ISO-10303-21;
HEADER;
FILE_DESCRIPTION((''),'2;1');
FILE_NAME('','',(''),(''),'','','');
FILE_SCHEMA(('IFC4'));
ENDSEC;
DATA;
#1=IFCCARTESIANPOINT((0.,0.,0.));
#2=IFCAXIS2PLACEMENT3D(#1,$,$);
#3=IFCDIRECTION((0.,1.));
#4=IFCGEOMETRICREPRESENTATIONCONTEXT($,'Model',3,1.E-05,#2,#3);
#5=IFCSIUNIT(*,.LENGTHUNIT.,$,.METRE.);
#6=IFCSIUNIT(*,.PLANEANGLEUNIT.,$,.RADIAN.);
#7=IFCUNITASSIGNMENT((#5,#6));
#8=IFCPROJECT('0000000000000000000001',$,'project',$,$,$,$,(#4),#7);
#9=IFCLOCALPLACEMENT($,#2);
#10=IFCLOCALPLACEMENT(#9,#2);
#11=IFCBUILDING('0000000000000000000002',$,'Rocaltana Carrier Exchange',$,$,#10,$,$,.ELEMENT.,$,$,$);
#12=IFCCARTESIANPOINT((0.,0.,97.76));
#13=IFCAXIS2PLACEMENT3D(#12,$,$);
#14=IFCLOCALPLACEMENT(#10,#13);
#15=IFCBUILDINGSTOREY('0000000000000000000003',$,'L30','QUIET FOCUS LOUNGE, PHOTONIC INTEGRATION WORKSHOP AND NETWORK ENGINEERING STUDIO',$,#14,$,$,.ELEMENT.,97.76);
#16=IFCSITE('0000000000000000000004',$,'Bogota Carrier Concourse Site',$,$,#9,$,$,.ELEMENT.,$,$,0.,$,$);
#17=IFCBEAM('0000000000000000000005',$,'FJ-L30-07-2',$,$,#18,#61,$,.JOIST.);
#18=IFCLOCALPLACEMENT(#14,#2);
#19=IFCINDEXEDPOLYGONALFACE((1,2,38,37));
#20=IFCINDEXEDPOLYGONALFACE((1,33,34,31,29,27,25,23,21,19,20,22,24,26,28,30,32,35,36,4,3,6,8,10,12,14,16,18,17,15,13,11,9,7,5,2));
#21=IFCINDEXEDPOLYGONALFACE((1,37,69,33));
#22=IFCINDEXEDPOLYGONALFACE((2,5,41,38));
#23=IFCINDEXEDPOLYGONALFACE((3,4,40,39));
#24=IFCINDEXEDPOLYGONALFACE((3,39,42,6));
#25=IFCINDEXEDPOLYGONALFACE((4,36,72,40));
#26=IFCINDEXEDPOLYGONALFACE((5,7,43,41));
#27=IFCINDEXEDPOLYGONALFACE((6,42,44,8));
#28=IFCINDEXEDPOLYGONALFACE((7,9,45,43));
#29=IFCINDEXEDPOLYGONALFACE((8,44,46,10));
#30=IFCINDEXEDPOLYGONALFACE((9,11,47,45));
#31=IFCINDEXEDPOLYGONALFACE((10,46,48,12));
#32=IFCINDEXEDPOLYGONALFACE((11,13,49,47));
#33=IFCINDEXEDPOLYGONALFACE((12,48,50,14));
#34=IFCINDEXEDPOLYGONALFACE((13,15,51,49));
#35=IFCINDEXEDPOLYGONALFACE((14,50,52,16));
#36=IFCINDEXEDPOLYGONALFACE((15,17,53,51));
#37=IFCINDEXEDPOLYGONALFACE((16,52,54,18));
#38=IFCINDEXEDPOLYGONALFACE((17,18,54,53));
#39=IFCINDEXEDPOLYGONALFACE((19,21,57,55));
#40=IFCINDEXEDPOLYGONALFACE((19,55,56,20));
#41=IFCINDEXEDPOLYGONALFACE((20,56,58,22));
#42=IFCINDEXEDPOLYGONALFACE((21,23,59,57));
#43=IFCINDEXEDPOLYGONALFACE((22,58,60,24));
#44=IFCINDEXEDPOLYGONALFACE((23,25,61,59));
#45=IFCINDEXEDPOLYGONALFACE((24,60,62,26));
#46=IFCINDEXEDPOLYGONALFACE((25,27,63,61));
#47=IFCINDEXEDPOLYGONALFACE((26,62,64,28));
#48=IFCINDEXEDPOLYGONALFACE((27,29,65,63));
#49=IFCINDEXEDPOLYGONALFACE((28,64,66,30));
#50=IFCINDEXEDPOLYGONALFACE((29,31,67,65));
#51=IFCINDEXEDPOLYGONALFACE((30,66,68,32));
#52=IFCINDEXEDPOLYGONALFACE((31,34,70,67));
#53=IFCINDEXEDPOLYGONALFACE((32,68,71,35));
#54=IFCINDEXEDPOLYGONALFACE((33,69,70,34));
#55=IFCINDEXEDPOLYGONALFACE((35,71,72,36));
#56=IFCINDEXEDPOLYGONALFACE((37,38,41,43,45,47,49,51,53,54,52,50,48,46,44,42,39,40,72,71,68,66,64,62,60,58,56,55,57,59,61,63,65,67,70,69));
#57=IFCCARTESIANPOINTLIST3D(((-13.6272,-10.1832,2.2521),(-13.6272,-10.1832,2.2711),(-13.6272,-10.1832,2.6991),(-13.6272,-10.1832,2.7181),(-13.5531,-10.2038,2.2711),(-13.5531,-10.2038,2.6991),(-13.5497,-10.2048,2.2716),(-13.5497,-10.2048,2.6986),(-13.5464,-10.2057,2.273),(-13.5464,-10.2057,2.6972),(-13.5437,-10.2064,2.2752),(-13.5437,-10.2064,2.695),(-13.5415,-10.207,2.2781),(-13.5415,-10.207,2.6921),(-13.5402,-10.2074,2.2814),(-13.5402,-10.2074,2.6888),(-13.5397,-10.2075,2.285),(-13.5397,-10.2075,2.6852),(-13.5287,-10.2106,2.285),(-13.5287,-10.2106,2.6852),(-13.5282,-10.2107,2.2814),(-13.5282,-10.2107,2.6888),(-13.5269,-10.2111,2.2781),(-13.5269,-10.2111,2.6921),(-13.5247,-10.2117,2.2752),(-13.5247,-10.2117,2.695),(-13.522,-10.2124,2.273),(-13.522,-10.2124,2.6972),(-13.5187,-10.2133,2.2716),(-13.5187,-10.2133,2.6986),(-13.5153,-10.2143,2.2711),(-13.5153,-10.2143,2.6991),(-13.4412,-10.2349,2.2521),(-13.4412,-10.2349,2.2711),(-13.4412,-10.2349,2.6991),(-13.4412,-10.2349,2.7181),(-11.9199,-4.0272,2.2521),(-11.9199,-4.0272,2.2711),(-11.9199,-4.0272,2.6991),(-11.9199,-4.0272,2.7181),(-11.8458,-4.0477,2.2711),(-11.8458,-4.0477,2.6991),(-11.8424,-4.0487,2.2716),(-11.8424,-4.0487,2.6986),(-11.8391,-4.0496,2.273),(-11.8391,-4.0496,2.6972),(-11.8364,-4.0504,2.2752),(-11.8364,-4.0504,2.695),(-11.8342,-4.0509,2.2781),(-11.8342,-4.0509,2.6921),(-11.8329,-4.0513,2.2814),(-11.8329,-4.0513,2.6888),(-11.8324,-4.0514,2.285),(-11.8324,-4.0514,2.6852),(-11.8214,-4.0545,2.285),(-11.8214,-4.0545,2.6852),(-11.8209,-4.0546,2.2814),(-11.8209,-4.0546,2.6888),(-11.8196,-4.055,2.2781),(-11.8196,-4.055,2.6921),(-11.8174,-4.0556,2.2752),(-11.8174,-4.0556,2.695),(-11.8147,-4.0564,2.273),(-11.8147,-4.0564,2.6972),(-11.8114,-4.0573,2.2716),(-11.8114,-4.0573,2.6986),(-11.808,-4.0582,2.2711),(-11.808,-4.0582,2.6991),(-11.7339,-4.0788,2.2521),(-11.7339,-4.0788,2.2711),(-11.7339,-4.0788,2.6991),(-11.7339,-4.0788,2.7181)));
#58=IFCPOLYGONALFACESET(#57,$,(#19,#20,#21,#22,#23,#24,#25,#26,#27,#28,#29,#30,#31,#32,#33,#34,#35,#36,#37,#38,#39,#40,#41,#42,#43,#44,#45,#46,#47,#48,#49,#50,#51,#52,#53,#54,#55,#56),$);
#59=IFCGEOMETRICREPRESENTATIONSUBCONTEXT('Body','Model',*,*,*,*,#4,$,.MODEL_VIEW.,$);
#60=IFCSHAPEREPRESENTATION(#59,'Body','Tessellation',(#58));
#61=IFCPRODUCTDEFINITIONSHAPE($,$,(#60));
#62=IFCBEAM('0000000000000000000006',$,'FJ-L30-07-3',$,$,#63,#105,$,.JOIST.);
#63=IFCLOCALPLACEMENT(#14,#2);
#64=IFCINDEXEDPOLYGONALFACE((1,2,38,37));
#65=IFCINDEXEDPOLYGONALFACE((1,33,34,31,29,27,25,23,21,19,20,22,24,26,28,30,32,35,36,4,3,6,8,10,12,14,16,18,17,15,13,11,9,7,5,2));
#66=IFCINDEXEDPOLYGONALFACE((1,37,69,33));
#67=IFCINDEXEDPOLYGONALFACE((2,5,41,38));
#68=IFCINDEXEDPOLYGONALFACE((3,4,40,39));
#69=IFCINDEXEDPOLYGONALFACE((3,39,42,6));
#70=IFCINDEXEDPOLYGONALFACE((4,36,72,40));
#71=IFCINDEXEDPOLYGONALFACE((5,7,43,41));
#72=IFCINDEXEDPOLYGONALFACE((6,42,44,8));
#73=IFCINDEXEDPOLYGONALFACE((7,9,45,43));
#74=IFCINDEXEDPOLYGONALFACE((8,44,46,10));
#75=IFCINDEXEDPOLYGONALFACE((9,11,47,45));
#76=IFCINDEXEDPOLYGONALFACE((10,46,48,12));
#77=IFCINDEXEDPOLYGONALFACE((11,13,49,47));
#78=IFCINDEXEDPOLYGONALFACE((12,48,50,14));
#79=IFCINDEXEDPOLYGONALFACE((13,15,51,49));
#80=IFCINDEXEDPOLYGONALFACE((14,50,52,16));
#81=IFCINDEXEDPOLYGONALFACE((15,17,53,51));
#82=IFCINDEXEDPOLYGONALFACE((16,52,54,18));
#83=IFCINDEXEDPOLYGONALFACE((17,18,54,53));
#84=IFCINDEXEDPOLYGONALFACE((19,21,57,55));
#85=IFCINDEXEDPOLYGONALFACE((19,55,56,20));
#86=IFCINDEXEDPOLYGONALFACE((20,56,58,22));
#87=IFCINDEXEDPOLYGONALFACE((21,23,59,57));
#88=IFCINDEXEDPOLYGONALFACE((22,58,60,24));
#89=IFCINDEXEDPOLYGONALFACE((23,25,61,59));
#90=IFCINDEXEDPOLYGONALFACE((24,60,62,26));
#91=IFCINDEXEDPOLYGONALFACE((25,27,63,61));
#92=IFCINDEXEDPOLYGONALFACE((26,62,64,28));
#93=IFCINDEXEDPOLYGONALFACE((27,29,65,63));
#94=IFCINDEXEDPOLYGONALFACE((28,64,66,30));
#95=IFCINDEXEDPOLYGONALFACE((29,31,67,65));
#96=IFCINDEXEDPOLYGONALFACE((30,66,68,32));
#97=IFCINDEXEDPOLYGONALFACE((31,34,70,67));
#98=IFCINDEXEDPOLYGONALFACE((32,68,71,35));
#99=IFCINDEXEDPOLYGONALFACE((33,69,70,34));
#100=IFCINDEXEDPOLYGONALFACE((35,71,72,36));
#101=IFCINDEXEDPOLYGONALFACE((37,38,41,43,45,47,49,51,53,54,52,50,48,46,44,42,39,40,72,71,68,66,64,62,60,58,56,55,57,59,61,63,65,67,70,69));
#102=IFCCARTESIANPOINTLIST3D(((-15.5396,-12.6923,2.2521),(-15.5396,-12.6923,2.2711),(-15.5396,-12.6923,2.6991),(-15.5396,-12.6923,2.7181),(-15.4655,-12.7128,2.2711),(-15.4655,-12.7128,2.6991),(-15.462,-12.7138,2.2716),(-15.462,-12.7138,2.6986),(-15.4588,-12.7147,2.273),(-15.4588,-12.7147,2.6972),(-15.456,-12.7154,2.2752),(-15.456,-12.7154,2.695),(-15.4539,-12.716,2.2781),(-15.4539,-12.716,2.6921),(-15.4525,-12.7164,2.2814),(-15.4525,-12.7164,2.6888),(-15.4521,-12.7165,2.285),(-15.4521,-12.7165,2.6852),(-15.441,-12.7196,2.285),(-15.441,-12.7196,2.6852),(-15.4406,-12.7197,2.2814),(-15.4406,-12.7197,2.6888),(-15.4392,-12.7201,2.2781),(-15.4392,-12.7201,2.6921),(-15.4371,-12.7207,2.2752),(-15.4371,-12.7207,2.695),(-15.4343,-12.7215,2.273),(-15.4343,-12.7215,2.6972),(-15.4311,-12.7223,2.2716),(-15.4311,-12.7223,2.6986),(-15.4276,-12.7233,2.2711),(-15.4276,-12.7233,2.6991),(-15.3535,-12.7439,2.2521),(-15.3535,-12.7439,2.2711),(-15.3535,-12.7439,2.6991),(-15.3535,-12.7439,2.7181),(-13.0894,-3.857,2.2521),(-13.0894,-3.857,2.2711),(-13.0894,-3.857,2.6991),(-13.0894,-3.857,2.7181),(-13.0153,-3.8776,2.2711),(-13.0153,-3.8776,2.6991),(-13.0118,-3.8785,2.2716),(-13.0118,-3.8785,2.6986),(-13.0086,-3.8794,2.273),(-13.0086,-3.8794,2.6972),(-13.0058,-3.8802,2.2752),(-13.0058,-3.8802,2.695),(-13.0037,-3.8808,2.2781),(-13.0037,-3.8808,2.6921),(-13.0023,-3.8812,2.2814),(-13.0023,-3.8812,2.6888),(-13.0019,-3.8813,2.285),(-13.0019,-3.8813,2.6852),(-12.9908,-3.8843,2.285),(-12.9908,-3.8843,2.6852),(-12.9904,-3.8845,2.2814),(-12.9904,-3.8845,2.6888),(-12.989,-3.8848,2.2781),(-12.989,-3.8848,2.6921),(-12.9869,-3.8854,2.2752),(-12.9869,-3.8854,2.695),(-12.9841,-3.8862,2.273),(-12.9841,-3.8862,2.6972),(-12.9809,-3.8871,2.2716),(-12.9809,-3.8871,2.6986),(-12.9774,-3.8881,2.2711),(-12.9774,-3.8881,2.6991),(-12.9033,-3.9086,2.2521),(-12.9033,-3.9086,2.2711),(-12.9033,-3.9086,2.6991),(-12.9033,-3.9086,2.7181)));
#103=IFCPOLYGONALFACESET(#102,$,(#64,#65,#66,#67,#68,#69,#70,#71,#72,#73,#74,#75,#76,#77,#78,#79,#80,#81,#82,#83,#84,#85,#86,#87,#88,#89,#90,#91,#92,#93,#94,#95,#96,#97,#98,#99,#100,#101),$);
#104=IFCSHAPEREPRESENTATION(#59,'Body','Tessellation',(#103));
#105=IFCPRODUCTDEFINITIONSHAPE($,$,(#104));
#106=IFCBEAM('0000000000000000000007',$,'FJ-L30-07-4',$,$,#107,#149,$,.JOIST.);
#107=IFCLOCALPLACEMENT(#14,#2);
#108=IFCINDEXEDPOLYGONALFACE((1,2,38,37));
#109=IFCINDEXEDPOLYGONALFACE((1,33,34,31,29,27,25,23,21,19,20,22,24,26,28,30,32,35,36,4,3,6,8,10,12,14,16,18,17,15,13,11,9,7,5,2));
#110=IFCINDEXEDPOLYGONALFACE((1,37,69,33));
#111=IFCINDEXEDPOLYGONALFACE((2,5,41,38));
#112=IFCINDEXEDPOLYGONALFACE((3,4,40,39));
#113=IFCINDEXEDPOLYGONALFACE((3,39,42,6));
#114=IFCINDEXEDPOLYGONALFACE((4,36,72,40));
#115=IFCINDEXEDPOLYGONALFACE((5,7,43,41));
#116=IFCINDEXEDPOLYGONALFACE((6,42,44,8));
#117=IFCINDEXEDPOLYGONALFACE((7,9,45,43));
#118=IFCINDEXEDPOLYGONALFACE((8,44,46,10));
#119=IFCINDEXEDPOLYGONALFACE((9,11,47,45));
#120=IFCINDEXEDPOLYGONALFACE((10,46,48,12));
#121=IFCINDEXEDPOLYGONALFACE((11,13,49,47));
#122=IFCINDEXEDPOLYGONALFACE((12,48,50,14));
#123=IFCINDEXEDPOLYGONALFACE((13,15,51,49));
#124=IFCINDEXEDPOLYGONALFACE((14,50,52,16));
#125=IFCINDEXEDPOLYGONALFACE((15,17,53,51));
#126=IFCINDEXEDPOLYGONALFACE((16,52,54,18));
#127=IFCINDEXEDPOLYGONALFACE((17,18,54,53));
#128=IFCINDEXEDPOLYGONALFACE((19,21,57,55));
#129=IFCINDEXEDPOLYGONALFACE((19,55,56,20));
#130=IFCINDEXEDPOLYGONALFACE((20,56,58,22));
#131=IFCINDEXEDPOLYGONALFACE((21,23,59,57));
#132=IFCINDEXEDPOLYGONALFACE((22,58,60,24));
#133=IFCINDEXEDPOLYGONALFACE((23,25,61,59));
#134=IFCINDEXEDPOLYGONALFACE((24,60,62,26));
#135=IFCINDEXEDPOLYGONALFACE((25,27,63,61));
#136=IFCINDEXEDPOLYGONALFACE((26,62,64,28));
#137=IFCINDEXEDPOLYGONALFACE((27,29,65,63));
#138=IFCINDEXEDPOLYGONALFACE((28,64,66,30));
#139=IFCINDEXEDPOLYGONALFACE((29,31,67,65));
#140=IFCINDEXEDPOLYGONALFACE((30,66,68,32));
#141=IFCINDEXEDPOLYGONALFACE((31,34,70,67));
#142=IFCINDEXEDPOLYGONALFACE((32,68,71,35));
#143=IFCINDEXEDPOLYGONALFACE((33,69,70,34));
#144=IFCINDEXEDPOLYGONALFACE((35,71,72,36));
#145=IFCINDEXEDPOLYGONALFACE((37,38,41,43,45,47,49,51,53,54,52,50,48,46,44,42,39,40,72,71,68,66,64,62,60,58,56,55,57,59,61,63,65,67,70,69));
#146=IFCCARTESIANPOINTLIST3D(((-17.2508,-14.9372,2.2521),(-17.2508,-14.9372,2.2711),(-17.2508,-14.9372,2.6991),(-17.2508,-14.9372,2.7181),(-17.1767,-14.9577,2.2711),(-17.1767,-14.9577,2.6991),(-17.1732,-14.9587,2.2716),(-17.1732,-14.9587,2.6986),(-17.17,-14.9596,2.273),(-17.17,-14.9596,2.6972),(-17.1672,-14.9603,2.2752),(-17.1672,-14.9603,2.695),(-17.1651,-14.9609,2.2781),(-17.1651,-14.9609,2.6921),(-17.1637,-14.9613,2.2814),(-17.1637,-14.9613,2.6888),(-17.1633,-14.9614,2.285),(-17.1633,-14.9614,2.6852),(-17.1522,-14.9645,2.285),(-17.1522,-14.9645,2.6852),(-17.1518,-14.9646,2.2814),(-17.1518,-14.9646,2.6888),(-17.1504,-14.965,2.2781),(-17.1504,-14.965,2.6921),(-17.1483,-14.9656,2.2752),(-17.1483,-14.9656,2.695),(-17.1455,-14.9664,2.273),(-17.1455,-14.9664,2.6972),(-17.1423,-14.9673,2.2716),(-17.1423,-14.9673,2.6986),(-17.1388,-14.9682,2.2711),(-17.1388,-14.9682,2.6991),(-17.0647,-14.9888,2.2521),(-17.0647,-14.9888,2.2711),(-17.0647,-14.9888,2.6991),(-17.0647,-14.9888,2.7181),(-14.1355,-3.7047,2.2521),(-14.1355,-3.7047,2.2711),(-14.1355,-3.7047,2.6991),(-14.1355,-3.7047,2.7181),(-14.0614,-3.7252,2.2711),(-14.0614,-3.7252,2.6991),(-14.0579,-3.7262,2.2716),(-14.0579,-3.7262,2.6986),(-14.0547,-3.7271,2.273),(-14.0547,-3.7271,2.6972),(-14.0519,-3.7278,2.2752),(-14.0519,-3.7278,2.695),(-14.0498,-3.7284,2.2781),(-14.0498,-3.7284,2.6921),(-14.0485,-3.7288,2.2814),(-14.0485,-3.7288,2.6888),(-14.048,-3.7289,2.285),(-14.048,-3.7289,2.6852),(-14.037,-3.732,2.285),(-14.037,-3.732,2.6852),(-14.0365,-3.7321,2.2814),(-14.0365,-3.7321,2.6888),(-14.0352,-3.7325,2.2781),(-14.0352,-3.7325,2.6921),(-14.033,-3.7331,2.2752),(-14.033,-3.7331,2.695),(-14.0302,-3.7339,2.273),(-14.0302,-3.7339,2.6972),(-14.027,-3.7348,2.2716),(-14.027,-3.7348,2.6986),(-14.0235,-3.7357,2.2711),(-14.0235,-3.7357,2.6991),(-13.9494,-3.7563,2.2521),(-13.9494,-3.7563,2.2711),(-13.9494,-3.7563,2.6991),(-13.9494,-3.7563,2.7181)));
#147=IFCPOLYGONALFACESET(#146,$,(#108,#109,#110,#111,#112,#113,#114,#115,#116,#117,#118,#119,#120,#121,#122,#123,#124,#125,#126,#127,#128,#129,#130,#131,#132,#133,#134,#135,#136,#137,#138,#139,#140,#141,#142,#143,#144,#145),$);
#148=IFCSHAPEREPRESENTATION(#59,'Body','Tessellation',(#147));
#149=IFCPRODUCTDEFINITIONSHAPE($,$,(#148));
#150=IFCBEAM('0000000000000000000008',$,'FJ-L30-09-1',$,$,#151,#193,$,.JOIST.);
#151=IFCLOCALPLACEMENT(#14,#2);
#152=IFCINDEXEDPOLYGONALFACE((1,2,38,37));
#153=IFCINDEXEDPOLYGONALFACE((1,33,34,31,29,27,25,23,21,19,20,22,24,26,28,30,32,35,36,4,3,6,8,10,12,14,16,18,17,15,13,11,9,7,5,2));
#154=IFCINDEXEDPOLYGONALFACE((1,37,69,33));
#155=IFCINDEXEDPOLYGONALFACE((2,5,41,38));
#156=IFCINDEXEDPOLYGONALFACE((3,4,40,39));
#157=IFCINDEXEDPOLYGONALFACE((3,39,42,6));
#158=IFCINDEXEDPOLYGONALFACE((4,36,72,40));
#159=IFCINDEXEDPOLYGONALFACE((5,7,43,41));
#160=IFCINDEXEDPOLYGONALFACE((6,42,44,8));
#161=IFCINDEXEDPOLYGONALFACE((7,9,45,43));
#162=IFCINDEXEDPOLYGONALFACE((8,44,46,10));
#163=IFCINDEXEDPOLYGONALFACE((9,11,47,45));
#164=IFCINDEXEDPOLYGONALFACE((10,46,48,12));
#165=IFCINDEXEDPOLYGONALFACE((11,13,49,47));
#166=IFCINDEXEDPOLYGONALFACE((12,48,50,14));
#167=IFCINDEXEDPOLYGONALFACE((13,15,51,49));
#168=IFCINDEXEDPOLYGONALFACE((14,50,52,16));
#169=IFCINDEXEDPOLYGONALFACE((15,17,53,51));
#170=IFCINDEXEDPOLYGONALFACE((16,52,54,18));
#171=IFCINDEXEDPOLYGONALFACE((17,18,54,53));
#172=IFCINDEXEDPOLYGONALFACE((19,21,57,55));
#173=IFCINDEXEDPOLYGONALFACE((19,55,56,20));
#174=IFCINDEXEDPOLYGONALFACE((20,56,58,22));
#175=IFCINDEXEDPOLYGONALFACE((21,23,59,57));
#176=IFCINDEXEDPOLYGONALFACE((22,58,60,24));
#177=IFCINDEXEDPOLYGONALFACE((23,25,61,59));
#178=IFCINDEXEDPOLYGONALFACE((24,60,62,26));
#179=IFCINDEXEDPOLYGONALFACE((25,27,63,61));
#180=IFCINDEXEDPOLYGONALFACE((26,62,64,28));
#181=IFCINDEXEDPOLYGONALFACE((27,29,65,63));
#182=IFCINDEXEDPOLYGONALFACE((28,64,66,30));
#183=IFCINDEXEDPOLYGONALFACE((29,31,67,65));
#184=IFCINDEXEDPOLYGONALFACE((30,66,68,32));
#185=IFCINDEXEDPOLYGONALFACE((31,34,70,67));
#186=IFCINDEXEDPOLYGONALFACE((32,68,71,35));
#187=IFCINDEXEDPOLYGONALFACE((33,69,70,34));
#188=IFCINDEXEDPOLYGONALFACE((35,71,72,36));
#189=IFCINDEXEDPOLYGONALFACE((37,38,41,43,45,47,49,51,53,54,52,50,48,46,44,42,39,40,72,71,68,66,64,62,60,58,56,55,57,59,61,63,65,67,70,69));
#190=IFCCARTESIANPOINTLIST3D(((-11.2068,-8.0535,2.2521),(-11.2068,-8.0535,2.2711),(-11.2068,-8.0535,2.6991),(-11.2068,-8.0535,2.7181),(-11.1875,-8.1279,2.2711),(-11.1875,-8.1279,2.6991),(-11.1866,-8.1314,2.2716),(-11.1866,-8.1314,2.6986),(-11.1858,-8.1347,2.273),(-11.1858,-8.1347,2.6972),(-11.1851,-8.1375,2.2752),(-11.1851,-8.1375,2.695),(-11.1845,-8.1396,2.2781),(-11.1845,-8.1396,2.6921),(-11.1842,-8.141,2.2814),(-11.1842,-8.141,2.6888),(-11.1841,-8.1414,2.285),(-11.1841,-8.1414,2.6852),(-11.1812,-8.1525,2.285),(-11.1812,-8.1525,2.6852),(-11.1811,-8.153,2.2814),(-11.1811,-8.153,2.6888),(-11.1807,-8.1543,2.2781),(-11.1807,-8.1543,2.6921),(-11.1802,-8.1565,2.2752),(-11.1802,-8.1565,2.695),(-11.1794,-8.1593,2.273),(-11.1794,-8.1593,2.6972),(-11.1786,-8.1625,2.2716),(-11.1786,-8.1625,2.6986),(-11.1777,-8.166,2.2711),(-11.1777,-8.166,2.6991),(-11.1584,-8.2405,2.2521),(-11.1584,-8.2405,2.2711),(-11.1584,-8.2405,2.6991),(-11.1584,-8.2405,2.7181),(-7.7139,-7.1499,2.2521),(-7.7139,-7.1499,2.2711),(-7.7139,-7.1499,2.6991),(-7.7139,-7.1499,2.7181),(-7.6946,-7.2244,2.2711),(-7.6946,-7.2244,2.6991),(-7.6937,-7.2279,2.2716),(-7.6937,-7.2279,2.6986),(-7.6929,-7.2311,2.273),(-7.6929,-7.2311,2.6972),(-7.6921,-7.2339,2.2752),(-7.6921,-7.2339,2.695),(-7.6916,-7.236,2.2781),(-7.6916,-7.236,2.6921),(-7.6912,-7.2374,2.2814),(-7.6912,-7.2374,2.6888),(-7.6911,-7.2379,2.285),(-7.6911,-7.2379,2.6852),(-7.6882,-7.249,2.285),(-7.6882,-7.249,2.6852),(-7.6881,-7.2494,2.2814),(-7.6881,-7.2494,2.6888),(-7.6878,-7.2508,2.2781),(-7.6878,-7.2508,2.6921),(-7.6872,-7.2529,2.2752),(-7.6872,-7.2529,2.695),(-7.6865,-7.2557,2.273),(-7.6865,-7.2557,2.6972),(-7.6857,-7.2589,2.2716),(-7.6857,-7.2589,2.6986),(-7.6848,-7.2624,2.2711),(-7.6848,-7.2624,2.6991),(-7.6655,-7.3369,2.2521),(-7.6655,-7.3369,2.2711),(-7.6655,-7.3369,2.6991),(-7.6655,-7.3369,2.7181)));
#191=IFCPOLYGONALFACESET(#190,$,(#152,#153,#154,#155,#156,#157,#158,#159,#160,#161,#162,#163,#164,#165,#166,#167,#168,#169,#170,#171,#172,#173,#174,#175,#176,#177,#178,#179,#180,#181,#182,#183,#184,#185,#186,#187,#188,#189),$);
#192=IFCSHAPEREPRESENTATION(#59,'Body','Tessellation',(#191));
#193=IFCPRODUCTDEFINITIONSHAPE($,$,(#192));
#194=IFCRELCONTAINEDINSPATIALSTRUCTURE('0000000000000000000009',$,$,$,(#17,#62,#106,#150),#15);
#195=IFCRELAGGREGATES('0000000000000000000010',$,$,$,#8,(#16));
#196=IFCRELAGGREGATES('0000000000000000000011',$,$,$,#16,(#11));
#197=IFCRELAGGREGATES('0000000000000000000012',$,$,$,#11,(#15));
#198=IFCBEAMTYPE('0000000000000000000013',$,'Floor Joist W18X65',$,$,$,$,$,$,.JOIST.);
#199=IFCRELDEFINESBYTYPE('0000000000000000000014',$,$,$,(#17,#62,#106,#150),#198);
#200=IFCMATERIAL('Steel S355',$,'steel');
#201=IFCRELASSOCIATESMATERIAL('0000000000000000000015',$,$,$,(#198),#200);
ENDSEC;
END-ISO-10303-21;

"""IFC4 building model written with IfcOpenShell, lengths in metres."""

from ifc_helpers import new_model, si_unit, direction, frame, origin, origin_2d, place, context, subcontext, project, spatial, i_section, extrude, material, material_profile, profile_set, type_object, element, save


model = new_model("IFC4")

# Units and contexts
model_context = context("Model", 3, precision=1e-05, world=origin(), true_north=direction((0.0, 1.0)))
body_context = subcontext(model_context, "Body", "Model", "MODEL_VIEW")
ifc_project = project(units=[si_unit("LENGTHUNIT", "METRE"), si_unit("PLANEANGLEUNIT", "RADIAN")], contexts=[model_context])

# Site, building, storey
site_placement = place(None, origin())
site = spatial("IfcSite", under=ifc_project, at=site_placement, Name="Bogota Carrier Concourse Site", CompositionType="ELEMENT", RefElevation=0.0)
building_placement = place(site_placement, origin())
building = spatial("IfcBuilding", under=site, at=building_placement, Name="Rocaltana Carrier Exchange", CompositionType="ELEMENT")
storey_placement = place(building_placement, frame((0.0, 0.0, 97.76)))
storey = spatial("IfcBuildingStorey", under=building, at=storey_placement, Name="L30", Description="QUIET FOCUS LOUNGE, PHOTONIC INTEGRATION WORKSHOP AND NETWORK ENGINEERING STUDIO", CompositionType="ELEMENT", Elevation=97.76)

# Beams
ifc_material_1 = material(Name="Steel S355", Category="steel")
ifc_material_profile_1 = material_profile(ifc_material_1, i_section(OverallWidth=0.1931, OverallDepth=0.4661, WebThickness=0.0115, FlangeThickness=0.019, FilletRadius=0.0139, at=origin_2d()), Name="W18X65")
ifc_profile_set_1 = profile_set([ifc_material_profile_1], Name="Steel S355")
beam_type_1 = type_object("IfcBeamType", Name="Floor Joist W18X65", PredefinedType="JOIST", material=ifc_profile_set_1)
beam_1_placement = place(storey_placement, frame((-11.8269, -4.053, 2.4851), z_axis=(-0.267248, -0.963628, 0.0), x_axis=(0.963628, -0.267248, 0.0)))
element("IfcBeam", 1, at=beam_1_placement, inside=storey, type_object=beam_type_1, Name="FJ-L30-07-2", PredefinedType="JOIST", context=body_context, shape_type="SweptSolid", body=[
    extrude(i_section(OverallWidth=0.1931, OverallDepth=0.4661, WebThickness=0.0115, FlangeThickness=0.019, FilletRadius=0.0139, at=origin_2d()), origin(), (0.0, 0.0, 1.0), 6.3884),
])
beam_2_placement = place(storey_placement, frame((-12.9963, -3.8828, 2.4851), z_axis=(-0.267236, -0.963631, 0.0), x_axis=(0.963631, -0.267236, 0.0)))
element("IfcBeam", 2, at=beam_2_placement, inside=storey, type_object=beam_type_1, Name="FJ-L30-07-3", PredefinedType="JOIST", context=body_context, shape_type="SweptSolid", body=[
    extrude(i_section(OverallWidth=0.1931, OverallDepth=0.4661, WebThickness=0.0115, FlangeThickness=0.019, FilletRadius=0.0139, at=origin_2d()), origin(), (0.0, 0.0, 1.0), 9.1687),
])
beam_3_placement = place(storey_placement, frame((-14.0425, -3.7305, 2.4851), z_axis=(-0.267255, -0.963626, 0.0), x_axis=(0.963626, -0.267255, 0.0)))
element("IfcBeam", 3, at=beam_3_placement, inside=storey, type_object=beam_type_1, Name="FJ-L30-07-4", PredefinedType="JOIST", context=body_context, shape_type="SweptSolid", body=[
    extrude(i_section(OverallWidth=0.1931, OverallDepth=0.4661, WebThickness=0.0115, FlangeThickness=0.019, FilletRadius=0.0139, at=origin_2d()), origin(), (0.0, 0.0, 1.0), 11.6565),
])
beam_4_placement = place(storey_placement, frame((-11.1826, -8.147, 2.4851), z_axis=(0.968132, 0.250441, 0.0), x_axis=(-0.250441, 0.968132, 0.0)))
element("IfcBeam", 4, at=beam_4_placement, inside=storey, type_object=beam_type_1, Name="FJ-L30-09-1", PredefinedType="JOIST", context=body_context, shape_type="SweptSolid", body=[
    extrude(i_section(OverallWidth=0.1931, OverallDepth=0.4661, WebThickness=0.0115, FlangeThickness=0.019, FilletRadius=0.0139, at=origin_2d()), origin(), (0.0, 0.0, 1.0), 3.6079),
])

save(model, "model.ifc")
